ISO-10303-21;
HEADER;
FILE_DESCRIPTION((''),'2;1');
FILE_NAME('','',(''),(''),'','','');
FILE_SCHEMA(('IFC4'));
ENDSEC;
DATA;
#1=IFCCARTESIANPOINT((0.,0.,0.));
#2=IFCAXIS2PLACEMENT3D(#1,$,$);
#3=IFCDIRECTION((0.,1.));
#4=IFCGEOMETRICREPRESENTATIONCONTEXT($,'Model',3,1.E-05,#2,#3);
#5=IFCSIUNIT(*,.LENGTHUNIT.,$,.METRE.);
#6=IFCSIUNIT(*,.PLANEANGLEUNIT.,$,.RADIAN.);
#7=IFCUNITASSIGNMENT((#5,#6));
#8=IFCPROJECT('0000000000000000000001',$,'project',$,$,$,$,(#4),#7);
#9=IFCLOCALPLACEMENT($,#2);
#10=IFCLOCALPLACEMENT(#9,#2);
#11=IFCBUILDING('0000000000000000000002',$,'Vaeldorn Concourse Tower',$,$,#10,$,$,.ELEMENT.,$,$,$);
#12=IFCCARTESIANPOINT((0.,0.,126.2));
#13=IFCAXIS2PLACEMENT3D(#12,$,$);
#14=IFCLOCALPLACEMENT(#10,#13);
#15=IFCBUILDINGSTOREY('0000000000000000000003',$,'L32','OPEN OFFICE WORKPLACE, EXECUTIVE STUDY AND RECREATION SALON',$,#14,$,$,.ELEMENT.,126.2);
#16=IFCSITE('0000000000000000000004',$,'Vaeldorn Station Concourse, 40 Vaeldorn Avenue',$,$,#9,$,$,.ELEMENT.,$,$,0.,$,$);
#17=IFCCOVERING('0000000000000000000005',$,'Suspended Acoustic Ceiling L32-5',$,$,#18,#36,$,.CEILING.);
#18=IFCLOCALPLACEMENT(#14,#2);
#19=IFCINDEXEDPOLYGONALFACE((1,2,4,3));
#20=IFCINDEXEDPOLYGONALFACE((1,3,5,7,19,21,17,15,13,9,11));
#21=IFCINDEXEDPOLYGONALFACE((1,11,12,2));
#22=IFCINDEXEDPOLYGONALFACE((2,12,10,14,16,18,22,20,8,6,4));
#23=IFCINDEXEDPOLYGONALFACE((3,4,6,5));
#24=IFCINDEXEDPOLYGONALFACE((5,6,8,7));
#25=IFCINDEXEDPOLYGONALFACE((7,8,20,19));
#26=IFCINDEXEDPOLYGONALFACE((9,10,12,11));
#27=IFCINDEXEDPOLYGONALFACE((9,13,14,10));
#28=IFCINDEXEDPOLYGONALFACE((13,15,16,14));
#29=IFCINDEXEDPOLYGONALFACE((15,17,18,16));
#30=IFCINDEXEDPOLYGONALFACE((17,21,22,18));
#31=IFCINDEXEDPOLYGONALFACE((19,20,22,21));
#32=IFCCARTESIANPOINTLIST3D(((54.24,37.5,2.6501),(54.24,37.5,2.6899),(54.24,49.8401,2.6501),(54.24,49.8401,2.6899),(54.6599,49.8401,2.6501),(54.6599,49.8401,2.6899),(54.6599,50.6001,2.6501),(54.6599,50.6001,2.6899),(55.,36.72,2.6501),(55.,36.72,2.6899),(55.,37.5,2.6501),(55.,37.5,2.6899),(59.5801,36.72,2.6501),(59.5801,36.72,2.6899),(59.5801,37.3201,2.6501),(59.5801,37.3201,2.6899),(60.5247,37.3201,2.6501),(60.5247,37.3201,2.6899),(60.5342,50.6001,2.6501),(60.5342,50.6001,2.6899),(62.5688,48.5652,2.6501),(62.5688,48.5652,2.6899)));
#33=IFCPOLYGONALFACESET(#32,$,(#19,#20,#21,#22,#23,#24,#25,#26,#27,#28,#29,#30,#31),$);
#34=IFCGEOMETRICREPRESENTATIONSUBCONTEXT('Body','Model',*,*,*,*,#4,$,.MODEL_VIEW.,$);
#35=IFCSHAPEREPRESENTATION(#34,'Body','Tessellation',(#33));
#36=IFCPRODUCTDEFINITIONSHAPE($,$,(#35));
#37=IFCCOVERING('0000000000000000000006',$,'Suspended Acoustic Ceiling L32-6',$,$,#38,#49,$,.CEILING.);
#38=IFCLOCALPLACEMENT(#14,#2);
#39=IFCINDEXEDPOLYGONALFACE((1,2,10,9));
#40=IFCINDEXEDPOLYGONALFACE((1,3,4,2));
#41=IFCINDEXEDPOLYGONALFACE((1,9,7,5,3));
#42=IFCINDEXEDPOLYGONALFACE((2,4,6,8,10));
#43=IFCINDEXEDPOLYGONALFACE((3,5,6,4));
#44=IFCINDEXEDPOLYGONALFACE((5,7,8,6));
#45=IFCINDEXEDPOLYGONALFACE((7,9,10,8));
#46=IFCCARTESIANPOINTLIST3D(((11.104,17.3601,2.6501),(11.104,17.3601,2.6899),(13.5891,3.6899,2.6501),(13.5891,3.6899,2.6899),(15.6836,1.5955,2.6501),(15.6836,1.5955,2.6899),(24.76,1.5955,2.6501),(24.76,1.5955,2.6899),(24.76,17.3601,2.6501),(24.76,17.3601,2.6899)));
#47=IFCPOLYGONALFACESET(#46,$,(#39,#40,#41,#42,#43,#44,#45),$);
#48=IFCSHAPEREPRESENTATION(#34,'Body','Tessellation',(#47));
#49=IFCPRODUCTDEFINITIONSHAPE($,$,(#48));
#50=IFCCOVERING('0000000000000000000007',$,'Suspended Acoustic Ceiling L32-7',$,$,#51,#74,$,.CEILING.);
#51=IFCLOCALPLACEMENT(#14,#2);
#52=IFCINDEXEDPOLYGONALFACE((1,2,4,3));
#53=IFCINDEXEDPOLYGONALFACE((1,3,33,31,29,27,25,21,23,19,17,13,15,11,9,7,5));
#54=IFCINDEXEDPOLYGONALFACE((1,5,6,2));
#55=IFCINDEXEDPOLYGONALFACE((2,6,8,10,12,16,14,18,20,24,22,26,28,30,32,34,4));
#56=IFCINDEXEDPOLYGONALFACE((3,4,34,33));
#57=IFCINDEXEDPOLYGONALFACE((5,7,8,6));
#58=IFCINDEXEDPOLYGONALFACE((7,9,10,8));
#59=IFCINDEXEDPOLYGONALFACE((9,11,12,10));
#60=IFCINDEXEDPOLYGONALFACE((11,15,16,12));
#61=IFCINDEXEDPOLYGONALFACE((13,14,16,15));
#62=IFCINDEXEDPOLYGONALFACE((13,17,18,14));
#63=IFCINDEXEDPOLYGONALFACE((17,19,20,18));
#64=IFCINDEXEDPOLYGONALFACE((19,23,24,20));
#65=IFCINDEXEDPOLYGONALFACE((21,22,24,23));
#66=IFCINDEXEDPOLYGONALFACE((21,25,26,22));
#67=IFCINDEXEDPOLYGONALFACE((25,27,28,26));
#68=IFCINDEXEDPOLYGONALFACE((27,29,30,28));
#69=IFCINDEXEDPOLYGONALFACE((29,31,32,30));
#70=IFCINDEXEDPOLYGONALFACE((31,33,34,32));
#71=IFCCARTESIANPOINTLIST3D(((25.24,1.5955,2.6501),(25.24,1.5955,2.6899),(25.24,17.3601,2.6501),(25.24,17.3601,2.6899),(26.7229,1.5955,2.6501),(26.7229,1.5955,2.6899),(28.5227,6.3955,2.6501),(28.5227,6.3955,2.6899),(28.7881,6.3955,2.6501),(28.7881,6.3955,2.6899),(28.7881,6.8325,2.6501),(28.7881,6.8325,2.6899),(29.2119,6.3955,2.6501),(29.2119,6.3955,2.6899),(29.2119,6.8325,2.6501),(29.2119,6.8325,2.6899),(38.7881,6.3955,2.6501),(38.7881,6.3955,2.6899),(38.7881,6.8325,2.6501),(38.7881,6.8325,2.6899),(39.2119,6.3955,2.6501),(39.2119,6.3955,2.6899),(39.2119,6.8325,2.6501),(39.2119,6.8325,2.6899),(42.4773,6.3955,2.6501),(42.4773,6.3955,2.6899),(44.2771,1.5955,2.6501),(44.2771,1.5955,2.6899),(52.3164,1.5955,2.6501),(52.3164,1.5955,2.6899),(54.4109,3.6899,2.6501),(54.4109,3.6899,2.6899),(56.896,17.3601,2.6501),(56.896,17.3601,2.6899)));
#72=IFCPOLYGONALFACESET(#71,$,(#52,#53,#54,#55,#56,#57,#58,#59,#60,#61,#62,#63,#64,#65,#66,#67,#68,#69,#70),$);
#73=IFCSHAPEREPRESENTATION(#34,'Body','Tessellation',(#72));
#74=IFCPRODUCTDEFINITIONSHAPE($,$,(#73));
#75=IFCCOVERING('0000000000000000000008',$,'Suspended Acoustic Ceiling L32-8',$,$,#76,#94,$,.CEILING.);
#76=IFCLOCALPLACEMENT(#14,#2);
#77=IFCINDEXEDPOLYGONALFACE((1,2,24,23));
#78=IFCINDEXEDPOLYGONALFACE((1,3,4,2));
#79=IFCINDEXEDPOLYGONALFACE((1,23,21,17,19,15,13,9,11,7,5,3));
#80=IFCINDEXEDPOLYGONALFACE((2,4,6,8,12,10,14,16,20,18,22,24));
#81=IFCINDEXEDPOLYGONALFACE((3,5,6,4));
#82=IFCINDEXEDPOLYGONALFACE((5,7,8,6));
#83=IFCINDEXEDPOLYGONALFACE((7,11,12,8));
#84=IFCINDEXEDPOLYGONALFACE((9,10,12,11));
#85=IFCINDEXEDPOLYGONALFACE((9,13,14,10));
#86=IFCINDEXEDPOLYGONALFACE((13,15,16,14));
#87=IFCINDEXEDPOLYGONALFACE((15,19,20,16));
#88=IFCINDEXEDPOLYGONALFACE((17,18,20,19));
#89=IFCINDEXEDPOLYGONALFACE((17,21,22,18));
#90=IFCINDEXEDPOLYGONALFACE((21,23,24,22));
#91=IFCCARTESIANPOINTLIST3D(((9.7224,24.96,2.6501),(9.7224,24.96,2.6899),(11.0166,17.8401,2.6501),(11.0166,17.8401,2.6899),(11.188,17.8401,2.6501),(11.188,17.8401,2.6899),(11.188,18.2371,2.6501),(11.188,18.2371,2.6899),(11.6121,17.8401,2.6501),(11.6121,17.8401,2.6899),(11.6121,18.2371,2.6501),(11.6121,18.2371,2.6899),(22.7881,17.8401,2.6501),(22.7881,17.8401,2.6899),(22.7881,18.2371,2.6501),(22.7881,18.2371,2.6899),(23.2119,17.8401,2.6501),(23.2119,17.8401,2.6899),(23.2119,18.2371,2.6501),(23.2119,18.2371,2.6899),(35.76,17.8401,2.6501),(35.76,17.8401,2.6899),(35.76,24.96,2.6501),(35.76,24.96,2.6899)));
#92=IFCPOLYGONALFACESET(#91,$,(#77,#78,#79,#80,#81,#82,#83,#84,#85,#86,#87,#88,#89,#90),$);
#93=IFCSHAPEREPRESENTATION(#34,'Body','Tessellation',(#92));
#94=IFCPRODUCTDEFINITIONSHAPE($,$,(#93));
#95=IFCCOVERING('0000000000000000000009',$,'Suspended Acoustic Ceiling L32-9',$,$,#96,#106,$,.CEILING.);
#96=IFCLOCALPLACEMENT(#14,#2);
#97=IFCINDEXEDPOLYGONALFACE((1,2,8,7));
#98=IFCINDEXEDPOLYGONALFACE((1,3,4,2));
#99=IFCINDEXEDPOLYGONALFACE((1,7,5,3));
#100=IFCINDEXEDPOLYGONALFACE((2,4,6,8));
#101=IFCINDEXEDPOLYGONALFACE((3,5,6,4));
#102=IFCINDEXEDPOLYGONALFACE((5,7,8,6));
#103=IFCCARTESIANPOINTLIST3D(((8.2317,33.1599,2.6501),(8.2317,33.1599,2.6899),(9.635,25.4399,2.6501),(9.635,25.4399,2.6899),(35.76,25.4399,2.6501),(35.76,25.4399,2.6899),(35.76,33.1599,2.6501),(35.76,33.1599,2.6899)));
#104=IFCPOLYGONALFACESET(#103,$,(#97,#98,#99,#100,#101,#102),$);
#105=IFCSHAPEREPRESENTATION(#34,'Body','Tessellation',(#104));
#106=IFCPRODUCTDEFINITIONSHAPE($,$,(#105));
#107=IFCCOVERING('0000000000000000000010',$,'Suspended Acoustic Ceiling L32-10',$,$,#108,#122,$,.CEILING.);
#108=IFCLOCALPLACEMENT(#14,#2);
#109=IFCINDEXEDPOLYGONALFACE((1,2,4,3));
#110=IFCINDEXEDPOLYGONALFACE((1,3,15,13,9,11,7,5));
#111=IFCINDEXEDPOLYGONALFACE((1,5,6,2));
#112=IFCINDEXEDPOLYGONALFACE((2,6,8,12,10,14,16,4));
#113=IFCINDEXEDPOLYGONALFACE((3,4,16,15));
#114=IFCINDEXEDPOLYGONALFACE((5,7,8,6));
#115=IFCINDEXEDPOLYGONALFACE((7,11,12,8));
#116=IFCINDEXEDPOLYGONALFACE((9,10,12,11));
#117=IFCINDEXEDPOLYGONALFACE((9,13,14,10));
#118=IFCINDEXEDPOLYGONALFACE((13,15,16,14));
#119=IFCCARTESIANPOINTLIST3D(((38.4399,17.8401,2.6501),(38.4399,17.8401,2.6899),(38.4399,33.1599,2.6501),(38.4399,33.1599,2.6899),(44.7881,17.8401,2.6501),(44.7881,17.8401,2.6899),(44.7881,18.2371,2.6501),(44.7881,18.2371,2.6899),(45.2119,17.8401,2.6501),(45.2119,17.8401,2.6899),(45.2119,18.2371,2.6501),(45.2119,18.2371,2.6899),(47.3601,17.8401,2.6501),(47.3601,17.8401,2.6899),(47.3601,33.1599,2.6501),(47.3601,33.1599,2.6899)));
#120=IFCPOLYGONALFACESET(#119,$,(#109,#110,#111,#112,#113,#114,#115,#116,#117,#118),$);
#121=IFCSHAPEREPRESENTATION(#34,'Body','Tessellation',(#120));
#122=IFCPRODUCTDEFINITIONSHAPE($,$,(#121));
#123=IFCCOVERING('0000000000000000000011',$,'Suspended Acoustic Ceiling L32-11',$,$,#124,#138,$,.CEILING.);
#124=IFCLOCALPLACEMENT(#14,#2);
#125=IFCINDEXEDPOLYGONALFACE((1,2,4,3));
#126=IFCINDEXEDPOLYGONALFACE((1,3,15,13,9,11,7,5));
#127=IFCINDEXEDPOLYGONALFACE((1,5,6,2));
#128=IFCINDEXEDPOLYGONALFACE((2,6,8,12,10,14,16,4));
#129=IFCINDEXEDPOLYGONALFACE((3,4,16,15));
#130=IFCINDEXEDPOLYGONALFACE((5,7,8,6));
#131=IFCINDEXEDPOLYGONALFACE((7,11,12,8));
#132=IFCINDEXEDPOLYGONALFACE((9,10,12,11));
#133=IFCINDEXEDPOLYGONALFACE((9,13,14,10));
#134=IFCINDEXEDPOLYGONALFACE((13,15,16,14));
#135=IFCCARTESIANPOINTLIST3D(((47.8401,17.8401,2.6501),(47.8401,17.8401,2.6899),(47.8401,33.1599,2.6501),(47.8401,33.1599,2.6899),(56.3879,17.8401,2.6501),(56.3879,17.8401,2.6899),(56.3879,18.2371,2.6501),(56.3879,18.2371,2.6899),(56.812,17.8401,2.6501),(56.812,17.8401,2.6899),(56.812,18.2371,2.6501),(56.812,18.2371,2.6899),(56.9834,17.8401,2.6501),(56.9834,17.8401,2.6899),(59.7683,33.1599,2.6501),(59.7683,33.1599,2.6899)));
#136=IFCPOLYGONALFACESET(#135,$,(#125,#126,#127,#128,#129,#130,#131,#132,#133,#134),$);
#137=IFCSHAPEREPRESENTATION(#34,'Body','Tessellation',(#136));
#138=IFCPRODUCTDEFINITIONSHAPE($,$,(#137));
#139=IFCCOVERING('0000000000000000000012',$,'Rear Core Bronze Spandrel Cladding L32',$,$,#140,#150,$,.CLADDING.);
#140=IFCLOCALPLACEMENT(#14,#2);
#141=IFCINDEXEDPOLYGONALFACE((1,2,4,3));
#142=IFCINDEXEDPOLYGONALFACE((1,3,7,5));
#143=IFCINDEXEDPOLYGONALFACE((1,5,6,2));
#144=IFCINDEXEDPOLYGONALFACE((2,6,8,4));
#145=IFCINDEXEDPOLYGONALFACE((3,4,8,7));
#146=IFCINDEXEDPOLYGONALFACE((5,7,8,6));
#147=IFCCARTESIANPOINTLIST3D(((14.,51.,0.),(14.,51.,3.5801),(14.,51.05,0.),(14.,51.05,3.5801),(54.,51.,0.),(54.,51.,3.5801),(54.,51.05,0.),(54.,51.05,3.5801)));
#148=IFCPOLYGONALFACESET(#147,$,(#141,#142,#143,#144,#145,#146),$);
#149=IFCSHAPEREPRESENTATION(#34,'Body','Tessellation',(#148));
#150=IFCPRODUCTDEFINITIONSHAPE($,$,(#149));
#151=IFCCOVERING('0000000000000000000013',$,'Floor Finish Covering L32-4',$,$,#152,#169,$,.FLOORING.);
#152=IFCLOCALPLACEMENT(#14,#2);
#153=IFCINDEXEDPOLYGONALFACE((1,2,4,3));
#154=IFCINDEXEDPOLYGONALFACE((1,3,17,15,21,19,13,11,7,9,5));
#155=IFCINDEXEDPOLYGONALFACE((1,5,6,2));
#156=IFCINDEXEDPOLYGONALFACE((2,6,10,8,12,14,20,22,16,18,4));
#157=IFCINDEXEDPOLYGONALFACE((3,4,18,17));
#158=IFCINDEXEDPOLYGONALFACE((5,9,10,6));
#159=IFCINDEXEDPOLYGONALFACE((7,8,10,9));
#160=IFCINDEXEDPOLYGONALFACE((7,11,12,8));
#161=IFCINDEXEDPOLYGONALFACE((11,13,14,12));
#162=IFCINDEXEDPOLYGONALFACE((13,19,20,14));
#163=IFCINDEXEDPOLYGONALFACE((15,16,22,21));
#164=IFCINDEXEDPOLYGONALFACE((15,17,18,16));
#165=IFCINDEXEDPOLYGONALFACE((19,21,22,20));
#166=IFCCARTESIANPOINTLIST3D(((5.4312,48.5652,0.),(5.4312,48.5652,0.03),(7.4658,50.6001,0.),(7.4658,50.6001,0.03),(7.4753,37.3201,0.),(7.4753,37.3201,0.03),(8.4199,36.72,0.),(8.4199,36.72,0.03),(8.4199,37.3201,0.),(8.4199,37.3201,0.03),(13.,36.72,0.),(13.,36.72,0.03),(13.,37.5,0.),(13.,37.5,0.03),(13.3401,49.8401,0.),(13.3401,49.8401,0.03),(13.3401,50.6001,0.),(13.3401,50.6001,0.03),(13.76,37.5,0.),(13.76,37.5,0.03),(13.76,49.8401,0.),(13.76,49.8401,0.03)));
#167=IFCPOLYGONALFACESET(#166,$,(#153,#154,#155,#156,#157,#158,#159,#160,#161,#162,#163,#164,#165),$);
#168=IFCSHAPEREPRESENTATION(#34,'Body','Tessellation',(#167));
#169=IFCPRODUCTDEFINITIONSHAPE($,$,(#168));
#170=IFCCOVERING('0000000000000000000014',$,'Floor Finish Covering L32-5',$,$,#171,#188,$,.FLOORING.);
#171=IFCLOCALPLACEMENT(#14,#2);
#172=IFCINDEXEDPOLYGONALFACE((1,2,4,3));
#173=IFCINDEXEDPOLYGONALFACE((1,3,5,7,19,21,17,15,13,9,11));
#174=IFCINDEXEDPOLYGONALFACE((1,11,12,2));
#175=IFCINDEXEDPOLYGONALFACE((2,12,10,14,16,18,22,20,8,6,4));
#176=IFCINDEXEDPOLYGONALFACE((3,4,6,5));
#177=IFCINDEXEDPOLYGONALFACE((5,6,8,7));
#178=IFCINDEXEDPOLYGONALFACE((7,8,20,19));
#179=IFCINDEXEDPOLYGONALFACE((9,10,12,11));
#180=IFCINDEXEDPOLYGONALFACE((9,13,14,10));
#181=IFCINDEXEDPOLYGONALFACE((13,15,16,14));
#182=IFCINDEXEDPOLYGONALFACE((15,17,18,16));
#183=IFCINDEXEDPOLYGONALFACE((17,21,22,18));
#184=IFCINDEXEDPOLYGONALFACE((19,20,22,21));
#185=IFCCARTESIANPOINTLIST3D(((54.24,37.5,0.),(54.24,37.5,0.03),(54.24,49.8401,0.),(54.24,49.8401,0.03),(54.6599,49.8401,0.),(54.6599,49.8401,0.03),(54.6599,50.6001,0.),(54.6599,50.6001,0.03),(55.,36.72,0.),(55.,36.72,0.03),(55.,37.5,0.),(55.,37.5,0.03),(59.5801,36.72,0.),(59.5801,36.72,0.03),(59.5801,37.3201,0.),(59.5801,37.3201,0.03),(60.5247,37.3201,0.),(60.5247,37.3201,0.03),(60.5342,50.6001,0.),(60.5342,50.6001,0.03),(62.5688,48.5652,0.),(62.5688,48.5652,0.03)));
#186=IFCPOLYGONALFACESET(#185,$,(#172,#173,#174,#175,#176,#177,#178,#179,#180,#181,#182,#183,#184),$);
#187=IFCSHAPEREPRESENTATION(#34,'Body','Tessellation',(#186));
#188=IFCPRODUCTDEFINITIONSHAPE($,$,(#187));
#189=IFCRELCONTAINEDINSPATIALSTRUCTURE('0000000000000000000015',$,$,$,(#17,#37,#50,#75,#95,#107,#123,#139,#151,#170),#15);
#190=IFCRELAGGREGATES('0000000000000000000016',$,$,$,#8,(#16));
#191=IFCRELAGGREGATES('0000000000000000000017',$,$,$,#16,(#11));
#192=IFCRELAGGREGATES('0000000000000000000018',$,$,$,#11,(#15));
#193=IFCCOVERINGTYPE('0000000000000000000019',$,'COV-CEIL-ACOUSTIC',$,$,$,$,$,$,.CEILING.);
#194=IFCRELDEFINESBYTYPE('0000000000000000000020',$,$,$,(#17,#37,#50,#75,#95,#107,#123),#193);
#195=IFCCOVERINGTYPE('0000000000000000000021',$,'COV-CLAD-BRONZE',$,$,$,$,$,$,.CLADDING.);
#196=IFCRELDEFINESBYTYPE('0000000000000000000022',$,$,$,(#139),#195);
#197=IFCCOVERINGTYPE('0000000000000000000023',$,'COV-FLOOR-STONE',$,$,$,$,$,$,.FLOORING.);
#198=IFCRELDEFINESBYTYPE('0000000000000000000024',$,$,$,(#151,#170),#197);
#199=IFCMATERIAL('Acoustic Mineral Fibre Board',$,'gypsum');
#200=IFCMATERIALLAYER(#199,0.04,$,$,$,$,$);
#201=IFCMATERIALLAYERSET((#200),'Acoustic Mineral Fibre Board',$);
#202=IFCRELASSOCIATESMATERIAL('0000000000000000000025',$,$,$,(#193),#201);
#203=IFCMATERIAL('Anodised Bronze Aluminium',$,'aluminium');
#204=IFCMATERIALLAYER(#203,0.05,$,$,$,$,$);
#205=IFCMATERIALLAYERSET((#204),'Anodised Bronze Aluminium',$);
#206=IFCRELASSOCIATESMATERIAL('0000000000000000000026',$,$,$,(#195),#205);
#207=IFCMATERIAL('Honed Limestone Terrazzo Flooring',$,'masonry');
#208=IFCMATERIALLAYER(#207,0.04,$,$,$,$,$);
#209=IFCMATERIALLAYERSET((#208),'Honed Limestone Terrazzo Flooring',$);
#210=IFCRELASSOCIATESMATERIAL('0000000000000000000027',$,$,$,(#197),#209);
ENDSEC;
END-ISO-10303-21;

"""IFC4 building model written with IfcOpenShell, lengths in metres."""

from ifc_helpers import new_model, si_unit, direction, frame, origin, place, context, subcontext, project, spatial, polyline, outline, extrude, material, layer, layer_set, type_object, element, save


model = new_model("IFC4")

# Units and contexts
model_context = context("Model", 3, precision=1e-05, world=origin(), true_north=direction((0.0, 1.0)))
body_context = subcontext(model_context, "Body", "Model", "MODEL_VIEW")
ifc_project = project(units=[si_unit("LENGTHUNIT", "METRE"), si_unit("PLANEANGLEUNIT", "RADIAN")], contexts=[model_context])

# Site, building, storey
site_placement = place(None, origin())
site = spatial("IfcSite", under=ifc_project, at=site_placement, Name="Vaeldorn Station Concourse, 40 Vaeldorn Avenue", CompositionType="ELEMENT", RefElevation=0.0)
building_placement = place(site_placement, origin())
building = spatial("IfcBuilding", under=site, at=building_placement, Name="Vaeldorn Concourse Tower", CompositionType="ELEMENT")
storey_placement = place(building_placement, frame((0.0, 0.0, 126.2)))
storey = spatial("IfcBuildingStorey", under=building, at=storey_placement, Name="L32", Description="OPEN OFFICE WORKPLACE, EXECUTIVE STUDY AND RECREATION SALON", CompositionType="ELEMENT", Elevation=126.2)

# Shared definitions
ifc_material_1 = material(Name="Anodised Bronze Aluminium", Category="aluminium")

# Coverings
ifc_material_2 = material(Name="Acoustic Mineral Fibre Board", Category="gypsum")
ifc_layer_1 = layer(ifc_material_2, 0.04)
ifc_layer_set_1 = layer_set([ifc_layer_1], Name="Acoustic Mineral Fibre Board")
covering_type_1 = type_object("IfcCoveringType", Name="COV-CEIL-ACOUSTIC", PredefinedType="CEILING", material=ifc_layer_set_1)
covering_1_placement = place(storey_placement, frame((0.0, 0.0, 2.6501)))
element("IfcCovering", 1, at=covering_1_placement, inside=storey, type_object=covering_type_1, Name="Suspended Acoustic Ceiling L32-5", PredefinedType="CEILING", context=body_context, shape_type="SweptSolid", body=[
    extrude(outline(polyline([(54.6599, 49.8401), (54.6599, 50.6001), (60.5342, 50.6001), (62.5688, 48.5652), (60.5247, 37.3201), (59.5801, 37.3201), (59.5801, 36.72), (55.0, 36.72), (55.0, 37.5), (54.24, 37.5), (54.24, 49.8401), (54.6599, 49.8401)])), origin(), (0.0, 0.0, 1.0), 0.0398),
])
covering_2_placement = place(storey_placement, frame((0.0, 0.0, 2.6501)))
element("IfcCovering", 2, at=covering_2_placement, inside=storey, type_object=covering_type_1, Name="Suspended Acoustic Ceiling L32-6", PredefinedType="CEILING", context=body_context, shape_type="SweptSolid", body=[
    extrude(outline(polyline([(24.76, 17.3601), (24.76, 1.5955), (15.6836, 1.5955), (13.5891, 3.6899), (11.104, 17.3601), (24.76, 17.3601)])), origin(), (0.0, 0.0, 1.0), 0.0398),
])
covering_3_placement = place(storey_placement, frame((0.0, 0.0, 2.6501)))
element("IfcCovering", 3, at=covering_3_placement, inside=storey, type_object=covering_type_1, Name="Suspended Acoustic Ceiling L32-7", PredefinedType="CEILING", context=body_context, shape_type="SweptSolid", body=[
    extrude(outline(polyline([(26.7229, 1.5955), (25.24, 1.5955), (25.24, 17.3601), (56.896, 17.3601), (54.4109, 3.6899), (52.3164, 1.5955), (44.2771, 1.5955), (42.4773, 6.3955), (39.2119, 6.3955), (39.2119, 6.8325), (38.7881, 6.8325), (38.7881, 6.3955), (29.2119, 6.3955), (29.2119, 6.8325), (28.7881, 6.8325), (28.7881, 6.3955), (28.5227, 6.3955), (26.7229, 1.5955)])), origin(), (0.0, 0.0, 1.0), 0.0398),
])
covering_4_placement = place(storey_placement, frame((0.0, 0.0, 2.6501)))
element("IfcCovering", 4, at=covering_4_placement, inside=storey, type_object=covering_type_1, Name="Suspended Acoustic Ceiling L32-8", PredefinedType="CEILING", context=body_context, shape_type="SweptSolid", body=[
    extrude(outline(polyline([(35.76, 24.96), (35.76, 17.8401), (23.2119, 17.8401), (23.2119, 18.2371), (22.7881, 18.2371), (22.7881, 17.8401), (11.6121, 17.8401), (11.6121, 18.2371), (11.188, 18.2371), (11.188, 17.8401), (11.0166, 17.8401), (9.7224, 24.96), (35.76, 24.96)])), origin(), (0.0, 0.0, 1.0), 0.0398),
])
covering_5_placement = place(storey_placement, frame((0.0, 0.0, 2.6501)))
element("IfcCovering", 5, at=covering_5_placement, inside=storey, type_object=covering_type_1, Name="Suspended Acoustic Ceiling L32-9", PredefinedType="CEILING", context=body_context, shape_type="SweptSolid", body=[
    extrude(outline(polyline([(35.76, 33.1599), (35.76, 25.4399), (9.635, 25.4399), (8.2317, 33.1599), (35.76, 33.1599)])), origin(), (0.0, 0.0, 1.0), 0.0398),
])
covering_6_placement = place(storey_placement, frame((0.0, 0.0, 2.6501)))
element("IfcCovering", 6, at=covering_6_placement, inside=storey, type_object=covering_type_1, Name="Suspended Acoustic Ceiling L32-10", PredefinedType="CEILING", context=body_context, shape_type="SweptSolid", body=[
    extrude(outline(polyline([(38.4399, 33.1599), (47.3601, 33.1599), (47.3601, 17.8401), (45.2119, 17.8401), (45.2119, 18.2371), (44.7881, 18.2371), (44.7881, 17.8401), (38.4399, 17.8401), (38.4399, 33.1599)])), origin(), (0.0, 0.0, 1.0), 0.0398),
])
covering_7_placement = place(storey_placement, frame((0.0, 0.0, 2.6501)))
element("IfcCovering", 7, at=covering_7_placement, inside=storey, type_object=covering_type_1, Name="Suspended Acoustic Ceiling L32-11", PredefinedType="CEILING", context=body_context, shape_type="SweptSolid", body=[
    extrude(outline(polyline([(47.8401, 33.1599), (59.7683, 33.1599), (56.9834, 17.8401), (56.812, 17.8401), (56.812, 18.2371), (56.3879, 18.2371), (56.3879, 17.8401), (47.8401, 17.8401), (47.8401, 33.1599)])), origin(), (0.0, 0.0, 1.0), 0.0398),
])
ifc_layer_2 = layer(ifc_material_1, 0.05)
ifc_layer_set_2 = layer_set([ifc_layer_2], Name="Anodised Bronze Aluminium")
covering_type_2 = type_object("IfcCoveringType", Name="COV-CLAD-BRONZE", PredefinedType="CLADDING", material=ifc_layer_set_2)
covering_8_placement = place(storey_placement, origin())
element("IfcCovering", 8, at=covering_8_placement, inside=storey, type_object=covering_type_2, Name="Rear Core Bronze Spandrel Cladding L32", PredefinedType="CLADDING", context=body_context, shape_type="SweptSolid", body=[
    extrude(outline(polyline([(14.0, 51.0), (54.0, 51.0), (54.0, 51.05), (14.0, 51.05), (14.0, 51.0)])), origin(), (0.0, 0.0, 1.0), 3.5801),
])
ifc_material_3 = material(Name="Honed Limestone Terrazzo Flooring", Category="masonry")
ifc_layer_3 = layer(ifc_material_3, 0.04)
ifc_layer_set_3 = layer_set([ifc_layer_3], Name="Honed Limestone Terrazzo Flooring")
covering_type_3 = type_object("IfcCoveringType", Name="COV-FLOOR-STONE", PredefinedType="FLOORING", material=ifc_layer_set_3)
covering_9_placement = place(storey_placement, origin())
element("IfcCovering", 9, at=covering_9_placement, inside=storey, type_object=covering_type_3, Name="Floor Finish Covering L32-4", PredefinedType="FLOORING", context=body_context, shape_type="SweptSolid", body=[
    extrude(outline(polyline([(7.4658, 50.6001), (13.3401, 50.6001), (13.3401, 49.8401), (13.76, 49.8401), (13.76, 37.5), (13.0, 37.5), (13.0, 36.72), (8.4199, 36.72), (8.4199, 37.3201), (7.4753, 37.3201), (5.4312, 48.5652), (7.4658, 50.6001)])), origin(), (0.0, 0.0, 1.0), 0.03),
])
covering_10_placement = place(storey_placement, origin())
element("IfcCovering", 10, at=covering_10_placement, inside=storey, type_object=covering_type_3, Name="Floor Finish Covering L32-5", PredefinedType="FLOORING", context=body_context, shape_type="SweptSolid", body=[
    extrude(outline(polyline([(54.6599, 49.8401), (54.6599, 50.6001), (60.5342, 50.6001), (62.5688, 48.5652), (60.5247, 37.3201), (59.5801, 37.3201), (59.5801, 36.72), (55.0, 36.72), (55.0, 37.5), (54.24, 37.5), (54.24, 49.8401), (54.6599, 49.8401)])), origin(), (0.0, 0.0, 1.0), 0.03),
])

save(model, "model.ifc")
